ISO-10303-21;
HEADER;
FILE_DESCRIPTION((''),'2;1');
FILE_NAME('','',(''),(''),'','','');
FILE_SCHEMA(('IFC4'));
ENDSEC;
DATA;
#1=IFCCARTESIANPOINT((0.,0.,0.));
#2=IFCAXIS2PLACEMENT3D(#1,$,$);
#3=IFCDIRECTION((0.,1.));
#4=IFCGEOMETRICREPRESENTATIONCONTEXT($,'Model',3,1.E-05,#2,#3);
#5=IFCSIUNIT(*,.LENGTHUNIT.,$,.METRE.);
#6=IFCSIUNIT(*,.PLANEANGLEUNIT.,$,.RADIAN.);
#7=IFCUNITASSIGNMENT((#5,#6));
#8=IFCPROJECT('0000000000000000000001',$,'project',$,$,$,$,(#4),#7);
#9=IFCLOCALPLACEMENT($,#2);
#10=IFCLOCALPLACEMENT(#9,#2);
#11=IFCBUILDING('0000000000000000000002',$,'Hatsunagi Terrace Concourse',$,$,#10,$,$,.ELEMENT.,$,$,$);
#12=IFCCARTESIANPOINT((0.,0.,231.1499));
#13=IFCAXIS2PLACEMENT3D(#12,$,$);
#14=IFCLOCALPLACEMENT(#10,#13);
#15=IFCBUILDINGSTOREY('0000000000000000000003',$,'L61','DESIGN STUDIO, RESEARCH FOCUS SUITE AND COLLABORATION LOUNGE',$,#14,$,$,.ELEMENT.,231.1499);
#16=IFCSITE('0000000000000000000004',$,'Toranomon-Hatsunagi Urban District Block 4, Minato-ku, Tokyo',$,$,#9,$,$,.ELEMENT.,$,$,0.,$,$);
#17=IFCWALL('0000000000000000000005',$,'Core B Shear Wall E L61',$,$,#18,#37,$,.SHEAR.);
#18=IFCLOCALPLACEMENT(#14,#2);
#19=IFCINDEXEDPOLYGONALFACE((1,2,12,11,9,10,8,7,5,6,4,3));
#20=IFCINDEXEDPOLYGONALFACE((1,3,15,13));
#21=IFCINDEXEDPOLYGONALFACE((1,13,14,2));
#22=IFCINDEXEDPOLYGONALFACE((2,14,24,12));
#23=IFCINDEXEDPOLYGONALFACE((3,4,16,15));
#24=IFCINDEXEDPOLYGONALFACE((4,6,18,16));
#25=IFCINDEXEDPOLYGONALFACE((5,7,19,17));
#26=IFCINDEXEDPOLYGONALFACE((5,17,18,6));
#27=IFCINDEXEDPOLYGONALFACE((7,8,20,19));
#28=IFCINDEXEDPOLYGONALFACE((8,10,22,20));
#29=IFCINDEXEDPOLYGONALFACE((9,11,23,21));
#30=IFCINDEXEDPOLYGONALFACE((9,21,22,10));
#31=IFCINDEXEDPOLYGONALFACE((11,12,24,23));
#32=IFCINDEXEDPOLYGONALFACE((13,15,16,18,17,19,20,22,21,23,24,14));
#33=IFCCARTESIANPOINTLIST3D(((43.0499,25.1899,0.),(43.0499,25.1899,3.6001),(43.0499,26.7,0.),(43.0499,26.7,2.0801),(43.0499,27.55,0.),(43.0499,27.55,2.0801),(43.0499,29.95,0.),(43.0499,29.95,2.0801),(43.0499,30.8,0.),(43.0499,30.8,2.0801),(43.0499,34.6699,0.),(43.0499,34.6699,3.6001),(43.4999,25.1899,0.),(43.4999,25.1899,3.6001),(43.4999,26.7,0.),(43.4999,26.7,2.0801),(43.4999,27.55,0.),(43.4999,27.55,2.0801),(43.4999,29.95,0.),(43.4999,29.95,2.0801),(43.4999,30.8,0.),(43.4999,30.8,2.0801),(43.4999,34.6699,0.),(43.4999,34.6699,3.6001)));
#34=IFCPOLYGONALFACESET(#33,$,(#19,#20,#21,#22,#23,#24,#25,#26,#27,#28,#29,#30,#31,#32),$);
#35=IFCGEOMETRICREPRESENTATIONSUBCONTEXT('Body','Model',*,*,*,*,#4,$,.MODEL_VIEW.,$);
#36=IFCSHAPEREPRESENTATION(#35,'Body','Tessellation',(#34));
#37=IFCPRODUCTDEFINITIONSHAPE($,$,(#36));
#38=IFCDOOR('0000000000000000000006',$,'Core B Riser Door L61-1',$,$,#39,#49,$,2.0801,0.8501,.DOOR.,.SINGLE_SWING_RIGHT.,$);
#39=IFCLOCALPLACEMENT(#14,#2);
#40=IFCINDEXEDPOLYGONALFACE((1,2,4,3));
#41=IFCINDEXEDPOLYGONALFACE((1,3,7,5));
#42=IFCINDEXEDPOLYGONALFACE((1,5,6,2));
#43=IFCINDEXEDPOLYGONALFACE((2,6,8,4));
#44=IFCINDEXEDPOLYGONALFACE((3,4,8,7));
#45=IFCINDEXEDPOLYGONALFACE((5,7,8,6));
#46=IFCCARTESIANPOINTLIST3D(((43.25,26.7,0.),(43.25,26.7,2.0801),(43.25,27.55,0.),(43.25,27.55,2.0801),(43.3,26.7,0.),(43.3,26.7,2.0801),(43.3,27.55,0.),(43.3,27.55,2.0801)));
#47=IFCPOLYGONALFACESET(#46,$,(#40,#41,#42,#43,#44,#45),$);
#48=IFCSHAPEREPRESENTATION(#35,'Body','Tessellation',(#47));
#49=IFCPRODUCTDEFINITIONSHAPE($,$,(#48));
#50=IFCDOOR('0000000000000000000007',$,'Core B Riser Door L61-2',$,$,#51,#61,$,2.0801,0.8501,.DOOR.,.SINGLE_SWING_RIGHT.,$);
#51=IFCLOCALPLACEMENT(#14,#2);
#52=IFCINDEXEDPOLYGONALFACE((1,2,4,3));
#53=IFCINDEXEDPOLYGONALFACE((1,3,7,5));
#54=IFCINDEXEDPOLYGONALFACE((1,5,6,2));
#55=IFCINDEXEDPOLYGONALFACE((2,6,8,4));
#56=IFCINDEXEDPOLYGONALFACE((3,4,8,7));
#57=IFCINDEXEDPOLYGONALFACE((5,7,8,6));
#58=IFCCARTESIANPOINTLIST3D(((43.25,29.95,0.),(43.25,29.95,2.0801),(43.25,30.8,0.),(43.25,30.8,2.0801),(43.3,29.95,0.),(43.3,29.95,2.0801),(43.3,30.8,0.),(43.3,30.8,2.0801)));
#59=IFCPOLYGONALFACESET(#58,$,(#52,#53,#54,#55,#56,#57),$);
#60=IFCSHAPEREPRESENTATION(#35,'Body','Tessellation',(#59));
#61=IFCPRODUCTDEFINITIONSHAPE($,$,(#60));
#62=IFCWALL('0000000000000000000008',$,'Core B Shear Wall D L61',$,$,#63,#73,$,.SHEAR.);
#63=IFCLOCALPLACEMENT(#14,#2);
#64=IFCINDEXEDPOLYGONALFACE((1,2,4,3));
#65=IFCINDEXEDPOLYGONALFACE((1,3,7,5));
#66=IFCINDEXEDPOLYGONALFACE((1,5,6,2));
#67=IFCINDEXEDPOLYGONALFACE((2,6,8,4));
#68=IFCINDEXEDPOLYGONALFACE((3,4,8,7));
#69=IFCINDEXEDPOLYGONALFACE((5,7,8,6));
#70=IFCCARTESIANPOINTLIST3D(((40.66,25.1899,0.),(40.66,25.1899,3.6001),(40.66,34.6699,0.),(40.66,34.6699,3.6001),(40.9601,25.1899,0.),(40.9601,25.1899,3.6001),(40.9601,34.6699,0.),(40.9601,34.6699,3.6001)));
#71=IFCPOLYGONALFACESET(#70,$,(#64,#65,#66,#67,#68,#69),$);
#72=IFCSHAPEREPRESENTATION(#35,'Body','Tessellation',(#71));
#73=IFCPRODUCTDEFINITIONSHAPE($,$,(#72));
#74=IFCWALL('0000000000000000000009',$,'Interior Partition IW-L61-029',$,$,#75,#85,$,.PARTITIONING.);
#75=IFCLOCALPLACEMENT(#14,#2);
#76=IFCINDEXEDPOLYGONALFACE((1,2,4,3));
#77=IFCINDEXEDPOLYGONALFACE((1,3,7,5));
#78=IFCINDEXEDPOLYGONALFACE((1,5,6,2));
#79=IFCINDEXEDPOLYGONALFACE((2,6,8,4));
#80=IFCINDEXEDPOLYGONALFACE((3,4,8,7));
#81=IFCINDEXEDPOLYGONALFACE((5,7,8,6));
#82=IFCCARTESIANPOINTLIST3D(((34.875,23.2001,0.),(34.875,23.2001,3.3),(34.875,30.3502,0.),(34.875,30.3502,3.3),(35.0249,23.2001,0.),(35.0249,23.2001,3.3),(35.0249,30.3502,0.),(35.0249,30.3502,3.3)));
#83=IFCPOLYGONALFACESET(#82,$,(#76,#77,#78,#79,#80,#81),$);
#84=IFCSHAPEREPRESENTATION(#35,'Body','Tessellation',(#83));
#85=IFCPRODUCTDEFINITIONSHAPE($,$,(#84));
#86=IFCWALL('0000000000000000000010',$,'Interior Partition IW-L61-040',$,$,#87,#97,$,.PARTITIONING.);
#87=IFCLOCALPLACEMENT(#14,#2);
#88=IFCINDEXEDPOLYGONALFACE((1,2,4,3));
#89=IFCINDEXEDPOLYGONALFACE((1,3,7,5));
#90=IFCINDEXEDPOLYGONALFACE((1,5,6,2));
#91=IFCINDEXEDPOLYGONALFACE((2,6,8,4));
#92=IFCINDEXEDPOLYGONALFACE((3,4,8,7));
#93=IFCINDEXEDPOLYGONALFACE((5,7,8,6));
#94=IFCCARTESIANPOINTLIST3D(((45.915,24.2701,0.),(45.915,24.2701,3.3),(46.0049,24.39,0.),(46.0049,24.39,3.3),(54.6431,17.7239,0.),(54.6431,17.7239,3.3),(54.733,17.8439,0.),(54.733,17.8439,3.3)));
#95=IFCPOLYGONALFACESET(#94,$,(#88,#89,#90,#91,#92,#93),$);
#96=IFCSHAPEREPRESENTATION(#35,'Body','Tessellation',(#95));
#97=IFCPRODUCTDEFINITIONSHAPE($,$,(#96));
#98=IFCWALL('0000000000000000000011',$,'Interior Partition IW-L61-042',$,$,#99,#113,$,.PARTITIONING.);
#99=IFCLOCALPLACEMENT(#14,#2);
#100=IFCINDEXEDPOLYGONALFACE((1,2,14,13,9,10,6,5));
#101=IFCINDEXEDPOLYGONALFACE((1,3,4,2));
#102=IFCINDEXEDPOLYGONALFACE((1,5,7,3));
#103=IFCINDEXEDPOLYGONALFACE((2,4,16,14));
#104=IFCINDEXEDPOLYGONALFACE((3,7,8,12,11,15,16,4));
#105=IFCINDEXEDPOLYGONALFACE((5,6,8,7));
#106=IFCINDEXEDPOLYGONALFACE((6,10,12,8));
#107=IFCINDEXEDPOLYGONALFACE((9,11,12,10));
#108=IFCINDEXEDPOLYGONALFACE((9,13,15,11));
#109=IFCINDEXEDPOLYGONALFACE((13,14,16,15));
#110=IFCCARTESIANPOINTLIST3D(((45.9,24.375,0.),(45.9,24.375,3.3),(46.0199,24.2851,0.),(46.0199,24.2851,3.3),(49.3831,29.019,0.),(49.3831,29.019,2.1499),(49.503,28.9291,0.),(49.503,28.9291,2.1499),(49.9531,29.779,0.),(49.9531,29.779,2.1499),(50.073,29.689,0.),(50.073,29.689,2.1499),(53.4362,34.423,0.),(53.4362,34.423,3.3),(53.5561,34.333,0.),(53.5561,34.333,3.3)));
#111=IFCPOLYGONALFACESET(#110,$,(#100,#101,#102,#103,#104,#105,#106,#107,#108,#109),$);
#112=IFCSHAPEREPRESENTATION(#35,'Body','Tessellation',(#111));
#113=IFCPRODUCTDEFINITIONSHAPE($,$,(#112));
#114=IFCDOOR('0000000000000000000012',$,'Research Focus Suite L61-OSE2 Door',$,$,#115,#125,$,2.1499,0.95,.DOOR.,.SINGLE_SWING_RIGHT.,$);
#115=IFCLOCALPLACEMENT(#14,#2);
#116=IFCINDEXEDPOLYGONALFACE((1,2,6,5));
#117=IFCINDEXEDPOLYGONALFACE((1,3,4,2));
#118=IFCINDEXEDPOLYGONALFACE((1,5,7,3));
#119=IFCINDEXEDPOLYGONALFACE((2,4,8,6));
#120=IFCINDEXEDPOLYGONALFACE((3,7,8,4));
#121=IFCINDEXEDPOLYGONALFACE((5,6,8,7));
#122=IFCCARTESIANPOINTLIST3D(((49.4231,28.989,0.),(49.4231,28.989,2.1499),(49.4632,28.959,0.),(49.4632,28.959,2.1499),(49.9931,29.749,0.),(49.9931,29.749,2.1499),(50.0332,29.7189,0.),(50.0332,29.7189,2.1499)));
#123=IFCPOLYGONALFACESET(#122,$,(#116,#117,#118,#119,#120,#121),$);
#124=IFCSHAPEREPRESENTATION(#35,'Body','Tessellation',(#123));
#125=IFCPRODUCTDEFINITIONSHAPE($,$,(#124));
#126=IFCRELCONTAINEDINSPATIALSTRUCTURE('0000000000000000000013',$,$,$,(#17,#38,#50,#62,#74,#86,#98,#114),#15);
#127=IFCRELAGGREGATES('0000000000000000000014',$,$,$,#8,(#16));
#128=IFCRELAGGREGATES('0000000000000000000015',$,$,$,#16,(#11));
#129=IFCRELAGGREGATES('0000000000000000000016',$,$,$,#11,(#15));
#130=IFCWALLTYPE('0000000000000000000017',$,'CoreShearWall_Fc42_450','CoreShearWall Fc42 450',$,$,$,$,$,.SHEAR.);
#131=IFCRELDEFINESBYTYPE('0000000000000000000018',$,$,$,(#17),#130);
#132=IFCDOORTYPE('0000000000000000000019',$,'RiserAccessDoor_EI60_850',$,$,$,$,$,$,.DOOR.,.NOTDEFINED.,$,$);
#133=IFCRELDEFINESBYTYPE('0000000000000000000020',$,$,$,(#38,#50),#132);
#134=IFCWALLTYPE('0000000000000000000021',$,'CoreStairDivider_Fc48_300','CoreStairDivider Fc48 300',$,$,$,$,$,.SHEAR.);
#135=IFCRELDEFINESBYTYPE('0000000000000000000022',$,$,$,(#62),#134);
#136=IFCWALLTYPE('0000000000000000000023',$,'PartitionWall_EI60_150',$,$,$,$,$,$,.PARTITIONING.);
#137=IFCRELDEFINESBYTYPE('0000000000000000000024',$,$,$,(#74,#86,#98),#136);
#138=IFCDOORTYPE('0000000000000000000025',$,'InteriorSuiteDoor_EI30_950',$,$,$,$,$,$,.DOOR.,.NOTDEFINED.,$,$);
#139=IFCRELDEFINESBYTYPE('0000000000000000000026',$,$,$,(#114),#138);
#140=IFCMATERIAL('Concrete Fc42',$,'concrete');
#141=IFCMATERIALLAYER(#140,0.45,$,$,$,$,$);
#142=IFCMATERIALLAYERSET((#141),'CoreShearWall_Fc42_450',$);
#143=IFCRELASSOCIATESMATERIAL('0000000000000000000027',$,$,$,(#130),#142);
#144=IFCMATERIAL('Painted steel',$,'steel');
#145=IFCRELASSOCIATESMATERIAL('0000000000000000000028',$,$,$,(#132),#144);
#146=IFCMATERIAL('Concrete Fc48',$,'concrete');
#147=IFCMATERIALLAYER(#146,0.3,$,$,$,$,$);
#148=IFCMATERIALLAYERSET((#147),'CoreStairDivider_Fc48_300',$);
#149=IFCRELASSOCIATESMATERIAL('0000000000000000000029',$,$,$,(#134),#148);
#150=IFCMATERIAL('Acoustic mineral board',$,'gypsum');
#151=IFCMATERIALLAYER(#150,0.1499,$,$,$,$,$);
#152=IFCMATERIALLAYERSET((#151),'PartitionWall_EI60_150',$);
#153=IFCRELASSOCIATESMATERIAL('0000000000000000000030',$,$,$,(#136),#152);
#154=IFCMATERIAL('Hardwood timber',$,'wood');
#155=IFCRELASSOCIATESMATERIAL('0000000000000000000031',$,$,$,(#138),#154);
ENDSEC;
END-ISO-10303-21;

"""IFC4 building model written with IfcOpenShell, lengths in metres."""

from ifc_helpers import new_model, si_unit, direction, frame, frame_2d, origin, place, context, subcontext, project, spatial, rectangle, extrude, material, layer, layer_set, type_object, element, fill, save


model = new_model("IFC4")

# Units and contexts
model_context = context("Model", 3, precision=1e-05, world=origin(), true_north=direction((0.0, 1.0)))
body_context = subcontext(model_context, "Body", "Model", "MODEL_VIEW")
ifc_project = project(units=[si_unit("LENGTHUNIT", "METRE"), si_unit("PLANEANGLEUNIT", "RADIAN")], contexts=[model_context])

# Site, building, storey
site_placement = place(None, origin())
site = spatial("IfcSite", under=ifc_project, at=site_placement, Name="Toranomon-Hatsunagi Urban District Block 4, Minato-ku, Tokyo", CompositionType="ELEMENT", RefElevation=0.0)
building_placement = place(site_placement, origin())
building = spatial("IfcBuilding", under=site, at=building_placement, Name="Hatsunagi Terrace Concourse", CompositionType="ELEMENT")
storey_placement = place(building_placement, frame((0.0, 0.0, 231.1499)))
storey = spatial("IfcBuildingStorey", under=building, at=storey_placement, Name="L61", Description="DESIGN STUDIO, RESEARCH FOCUS SUITE AND COLLABORATION LOUNGE", CompositionType="ELEMENT", Elevation=231.1499)

# Shared definitions
ifc_material_1 = material(Name="Concrete Fc42", Category="concrete")
ifc_layer_1 = layer(ifc_material_1, 0.45)
ifc_layer_set_1 = layer_set([ifc_layer_1], Name="CoreShearWall_Fc42_450")
wall_type_1 = type_object("IfcWallType", Name="CoreShearWall_Fc42_450", Description="CoreShearWall Fc42 450", PredefinedType="SHEAR", material=ifc_layer_set_1)

# Wall, openings, doors
wall_1_placement = place(storey_placement, frame((43.2749, 25.1899, 0.0), z_axis=(0.0, 0.0, 1.0), x_axis=(0.0, 1.0, 0.0)))
wall_1 = element("IfcWall", 1, at=wall_1_placement, inside=storey, type_object=wall_type_1, Name="Core B Shear Wall E L61", PredefinedType="SHEAR", context=body_context, shape_type="SweptSolid", body=[
    extrude(rectangle(XDim=9.48, YDim=0.45, at=frame_2d((4.74, 0.0))), origin(), (0.0, 0.0, 1.0), 3.6001),
])
opening_1_placement = place(wall_1_placement, frame((1.51, 0.0, 0.0)))
opening_1 = element("IfcOpeningElement", 2, at=opening_1_placement, cuts=wall_1, PredefinedType="OPENING", context=body_context, shape_type="SweptSolid", body=[
    extrude(rectangle(XDim=0.8501, YDim=2.0801, at=frame_2d((0.425, 1.04))), frame((0.0, 0.2349, 0.0), z_axis=(0.0, -1.0, 0.0), x_axis=(1.0, 0.0, 0.0)), (0.0, 0.0, 1.0), 0.47),
])
opening_2_placement = place(wall_1_placement, frame((4.76, 0.0, 0.0)))
opening_2 = element("IfcOpeningElement", 3, at=opening_2_placement, cuts=wall_1, PredefinedType="OPENING", context=body_context, shape_type="SweptSolid", body=[
    extrude(rectangle(XDim=0.8501, YDim=2.0801, at=frame_2d((0.425, 1.04))), frame((0.0, 0.2349, 0.0), z_axis=(0.0, -1.0, 0.0), x_axis=(1.0, 0.0, 0.0)), (0.0, 0.0, 1.0), 0.47),
])
ifc_material_2 = material(Name="Painted steel", Category="steel")
door_type_1 = type_object("IfcDoorType", Name="RiserAccessDoor_EI60_850", OperationType="NOTDEFINED", PredefinedType="DOOR", material=ifc_material_2)
door_1_placement = place(opening_1_placement, origin())
door_1 = element("IfcDoor", 4, at=door_1_placement, inside=storey, type_object=door_type_1, Name="Core B Riser Door L61-1", OperationType="SINGLE_SWING_RIGHT", OverallHeight=2.0801, OverallWidth=0.8501, PredefinedType="DOOR", context=body_context, shape_type="SweptSolid", body=[
    extrude(rectangle(XDim=0.8501, YDim=2.0801, at=frame_2d((0.425, 1.04))), frame((0.0, 0.0249, 0.0), z_axis=(0.0, -1.0, 0.0), x_axis=(1.0, 0.0, 0.0)), (0.0, 0.0, 1.0), 0.05),
])
fill(opening_1, door_1)
door_2_placement = place(opening_2_placement, origin())
door_2 = element("IfcDoor", 5, at=door_2_placement, inside=storey, type_object=door_type_1, Name="Core B Riser Door L61-2", OperationType="SINGLE_SWING_RIGHT", OverallHeight=2.0801, OverallWidth=0.8501, PredefinedType="DOOR", context=body_context, shape_type="SweptSolid", body=[
    extrude(rectangle(XDim=0.8501, YDim=2.0801, at=frame_2d((0.425, 1.04))), frame((0.0, 0.0249, 0.0), z_axis=(0.0, -1.0, 0.0), x_axis=(1.0, 0.0, 0.0)), (0.0, 0.0, 1.0), 0.05),
])
fill(opening_2, door_2)

# Walls
ifc_material_3 = material(Name="Concrete Fc48", Category="concrete")
ifc_layer_2 = layer(ifc_material_3, 0.3)
ifc_layer_set_2 = layer_set([ifc_layer_2], Name="CoreStairDivider_Fc48_300")
wall_type_2 = type_object("IfcWallType", Name="CoreStairDivider_Fc48_300", Description="CoreStairDivider Fc48 300", PredefinedType="SHEAR", material=ifc_layer_set_2)
wall_2_placement = place(storey_placement, frame((40.8101, 25.1899, 0.0), z_axis=(0.0, 0.0, 1.0), x_axis=(0.0, 1.0, 0.0)))
element("IfcWall", 6, at=wall_2_placement, inside=storey, type_object=wall_type_2, Name="Core B Shear Wall D L61", PredefinedType="SHEAR", context=body_context, shape_type="SweptSolid", body=[
    extrude(rectangle(XDim=9.48, YDim=0.3, at=frame_2d((4.74, 0.0))), origin(), (0.0, 0.0, 1.0), 3.6001),
])
ifc_material_4 = material(Name="Acoustic mineral board", Category="gypsum")
ifc_layer_3 = layer(ifc_material_4, 0.1499)
ifc_layer_set_3 = layer_set([ifc_layer_3], Name="PartitionWall_EI60_150")
wall_type_3 = type_object("IfcWallType", Name="PartitionWall_EI60_150", PredefinedType="PARTITIONING", material=ifc_layer_set_3)
wall_3_placement = place(storey_placement, frame((34.95, 23.2, 0.0), z_axis=(0.0, 0.0, 1.0), x_axis=(0.0, 1.0, 0.0)))
element("IfcWall", 7, at=wall_3_placement, inside=storey, type_object=wall_type_3, Name="Interior Partition IW-L61-029", PredefinedType="PARTITIONING", context=body_context, shape_type="SweptSolid", body=[
    extrude(rectangle(XDim=7.1501, YDim=0.1499, at=frame_2d((3.5752, 0.0))), origin(), (0.0, 0.0, 1.0), 3.3),
])
wall_4_placement = place(storey_placement, frame((45.96, 24.3301, 0.0), z_axis=(0.0, 0.0, 1.0), x_axis=(0.799995, -0.600007, 0.0)))
element("IfcWall", 8, at=wall_4_placement, inside=storey, type_object=wall_type_3, Name="Interior Partition IW-L61-040", PredefinedType="PARTITIONING", context=body_context, shape_type="SweptSolid", body=[
    extrude(rectangle(XDim=10.9102, YDim=0.1499, at=frame_2d((5.4551, 0.0))), origin(), (0.0, 0.0, 1.0), 3.3),
])

# Wall, opening, door
wall_5_placement = place(storey_placement, frame((45.96, 24.3301, 0.0), z_axis=(0.0, 0.0, 1.0), x_axis=(0.600012, 0.799991, 0.0)))
wall_5 = element("IfcWall", 9, at=wall_5_placement, inside=storey, type_object=wall_type_3, Name="Interior Partition IW-L61-042", PredefinedType="PARTITIONING", context=body_context, shape_type="SweptSolid", body=[
    extrude(rectangle(XDim=12.5601, YDim=0.1499, at=frame_2d((6.28, 0.0))), origin(), (0.0, 0.0, 1.0), 3.3),
])
opening_3_placement = place(wall_5_placement, frame((5.8049, 0.0, 0.0)))
opening_3 = element("IfcOpeningElement", 10, at=opening_3_placement, cuts=wall_5, PredefinedType="OPENING", context=body_context, shape_type="SweptSolid", body=[
    extrude(rectangle(XDim=0.95, YDim=2.1499, at=frame_2d((0.4751, 1.075))), frame((0.0, 0.085, 0.0), z_axis=(0.0, -1.0, 0.0), x_axis=(1.0, 0.0, 0.0)), (0.0, 0.0, 1.0), 0.1699),
])
ifc_material_5 = material(Name="Hardwood timber", Category="wood")
door_type_2 = type_object("IfcDoorType", Name="InteriorSuiteDoor_EI30_950", OperationType="NOTDEFINED", PredefinedType="DOOR", material=ifc_material_5)
door_3_placement = place(opening_3_placement, origin())
door_3 = element("IfcDoor", 11, at=door_3_placement, inside=storey, type_object=door_type_2, Name="Research Focus Suite L61-OSE2 Door", OperationType="SINGLE_SWING_RIGHT", OverallHeight=2.1499, OverallWidth=0.95, PredefinedType="DOOR", context=body_context, shape_type="SweptSolid", body=[
    extrude(rectangle(XDim=0.95, YDim=2.1499, at=frame_2d((0.4751, 1.075))), frame((0.0, 0.0249, 0.0), z_axis=(0.0, -1.0, 0.0), x_axis=(1.0, 0.0, 0.0)), (0.0, 0.0, 1.0), 0.05),
])
fill(opening_3, door_3)

save(model, "model.ifc")
